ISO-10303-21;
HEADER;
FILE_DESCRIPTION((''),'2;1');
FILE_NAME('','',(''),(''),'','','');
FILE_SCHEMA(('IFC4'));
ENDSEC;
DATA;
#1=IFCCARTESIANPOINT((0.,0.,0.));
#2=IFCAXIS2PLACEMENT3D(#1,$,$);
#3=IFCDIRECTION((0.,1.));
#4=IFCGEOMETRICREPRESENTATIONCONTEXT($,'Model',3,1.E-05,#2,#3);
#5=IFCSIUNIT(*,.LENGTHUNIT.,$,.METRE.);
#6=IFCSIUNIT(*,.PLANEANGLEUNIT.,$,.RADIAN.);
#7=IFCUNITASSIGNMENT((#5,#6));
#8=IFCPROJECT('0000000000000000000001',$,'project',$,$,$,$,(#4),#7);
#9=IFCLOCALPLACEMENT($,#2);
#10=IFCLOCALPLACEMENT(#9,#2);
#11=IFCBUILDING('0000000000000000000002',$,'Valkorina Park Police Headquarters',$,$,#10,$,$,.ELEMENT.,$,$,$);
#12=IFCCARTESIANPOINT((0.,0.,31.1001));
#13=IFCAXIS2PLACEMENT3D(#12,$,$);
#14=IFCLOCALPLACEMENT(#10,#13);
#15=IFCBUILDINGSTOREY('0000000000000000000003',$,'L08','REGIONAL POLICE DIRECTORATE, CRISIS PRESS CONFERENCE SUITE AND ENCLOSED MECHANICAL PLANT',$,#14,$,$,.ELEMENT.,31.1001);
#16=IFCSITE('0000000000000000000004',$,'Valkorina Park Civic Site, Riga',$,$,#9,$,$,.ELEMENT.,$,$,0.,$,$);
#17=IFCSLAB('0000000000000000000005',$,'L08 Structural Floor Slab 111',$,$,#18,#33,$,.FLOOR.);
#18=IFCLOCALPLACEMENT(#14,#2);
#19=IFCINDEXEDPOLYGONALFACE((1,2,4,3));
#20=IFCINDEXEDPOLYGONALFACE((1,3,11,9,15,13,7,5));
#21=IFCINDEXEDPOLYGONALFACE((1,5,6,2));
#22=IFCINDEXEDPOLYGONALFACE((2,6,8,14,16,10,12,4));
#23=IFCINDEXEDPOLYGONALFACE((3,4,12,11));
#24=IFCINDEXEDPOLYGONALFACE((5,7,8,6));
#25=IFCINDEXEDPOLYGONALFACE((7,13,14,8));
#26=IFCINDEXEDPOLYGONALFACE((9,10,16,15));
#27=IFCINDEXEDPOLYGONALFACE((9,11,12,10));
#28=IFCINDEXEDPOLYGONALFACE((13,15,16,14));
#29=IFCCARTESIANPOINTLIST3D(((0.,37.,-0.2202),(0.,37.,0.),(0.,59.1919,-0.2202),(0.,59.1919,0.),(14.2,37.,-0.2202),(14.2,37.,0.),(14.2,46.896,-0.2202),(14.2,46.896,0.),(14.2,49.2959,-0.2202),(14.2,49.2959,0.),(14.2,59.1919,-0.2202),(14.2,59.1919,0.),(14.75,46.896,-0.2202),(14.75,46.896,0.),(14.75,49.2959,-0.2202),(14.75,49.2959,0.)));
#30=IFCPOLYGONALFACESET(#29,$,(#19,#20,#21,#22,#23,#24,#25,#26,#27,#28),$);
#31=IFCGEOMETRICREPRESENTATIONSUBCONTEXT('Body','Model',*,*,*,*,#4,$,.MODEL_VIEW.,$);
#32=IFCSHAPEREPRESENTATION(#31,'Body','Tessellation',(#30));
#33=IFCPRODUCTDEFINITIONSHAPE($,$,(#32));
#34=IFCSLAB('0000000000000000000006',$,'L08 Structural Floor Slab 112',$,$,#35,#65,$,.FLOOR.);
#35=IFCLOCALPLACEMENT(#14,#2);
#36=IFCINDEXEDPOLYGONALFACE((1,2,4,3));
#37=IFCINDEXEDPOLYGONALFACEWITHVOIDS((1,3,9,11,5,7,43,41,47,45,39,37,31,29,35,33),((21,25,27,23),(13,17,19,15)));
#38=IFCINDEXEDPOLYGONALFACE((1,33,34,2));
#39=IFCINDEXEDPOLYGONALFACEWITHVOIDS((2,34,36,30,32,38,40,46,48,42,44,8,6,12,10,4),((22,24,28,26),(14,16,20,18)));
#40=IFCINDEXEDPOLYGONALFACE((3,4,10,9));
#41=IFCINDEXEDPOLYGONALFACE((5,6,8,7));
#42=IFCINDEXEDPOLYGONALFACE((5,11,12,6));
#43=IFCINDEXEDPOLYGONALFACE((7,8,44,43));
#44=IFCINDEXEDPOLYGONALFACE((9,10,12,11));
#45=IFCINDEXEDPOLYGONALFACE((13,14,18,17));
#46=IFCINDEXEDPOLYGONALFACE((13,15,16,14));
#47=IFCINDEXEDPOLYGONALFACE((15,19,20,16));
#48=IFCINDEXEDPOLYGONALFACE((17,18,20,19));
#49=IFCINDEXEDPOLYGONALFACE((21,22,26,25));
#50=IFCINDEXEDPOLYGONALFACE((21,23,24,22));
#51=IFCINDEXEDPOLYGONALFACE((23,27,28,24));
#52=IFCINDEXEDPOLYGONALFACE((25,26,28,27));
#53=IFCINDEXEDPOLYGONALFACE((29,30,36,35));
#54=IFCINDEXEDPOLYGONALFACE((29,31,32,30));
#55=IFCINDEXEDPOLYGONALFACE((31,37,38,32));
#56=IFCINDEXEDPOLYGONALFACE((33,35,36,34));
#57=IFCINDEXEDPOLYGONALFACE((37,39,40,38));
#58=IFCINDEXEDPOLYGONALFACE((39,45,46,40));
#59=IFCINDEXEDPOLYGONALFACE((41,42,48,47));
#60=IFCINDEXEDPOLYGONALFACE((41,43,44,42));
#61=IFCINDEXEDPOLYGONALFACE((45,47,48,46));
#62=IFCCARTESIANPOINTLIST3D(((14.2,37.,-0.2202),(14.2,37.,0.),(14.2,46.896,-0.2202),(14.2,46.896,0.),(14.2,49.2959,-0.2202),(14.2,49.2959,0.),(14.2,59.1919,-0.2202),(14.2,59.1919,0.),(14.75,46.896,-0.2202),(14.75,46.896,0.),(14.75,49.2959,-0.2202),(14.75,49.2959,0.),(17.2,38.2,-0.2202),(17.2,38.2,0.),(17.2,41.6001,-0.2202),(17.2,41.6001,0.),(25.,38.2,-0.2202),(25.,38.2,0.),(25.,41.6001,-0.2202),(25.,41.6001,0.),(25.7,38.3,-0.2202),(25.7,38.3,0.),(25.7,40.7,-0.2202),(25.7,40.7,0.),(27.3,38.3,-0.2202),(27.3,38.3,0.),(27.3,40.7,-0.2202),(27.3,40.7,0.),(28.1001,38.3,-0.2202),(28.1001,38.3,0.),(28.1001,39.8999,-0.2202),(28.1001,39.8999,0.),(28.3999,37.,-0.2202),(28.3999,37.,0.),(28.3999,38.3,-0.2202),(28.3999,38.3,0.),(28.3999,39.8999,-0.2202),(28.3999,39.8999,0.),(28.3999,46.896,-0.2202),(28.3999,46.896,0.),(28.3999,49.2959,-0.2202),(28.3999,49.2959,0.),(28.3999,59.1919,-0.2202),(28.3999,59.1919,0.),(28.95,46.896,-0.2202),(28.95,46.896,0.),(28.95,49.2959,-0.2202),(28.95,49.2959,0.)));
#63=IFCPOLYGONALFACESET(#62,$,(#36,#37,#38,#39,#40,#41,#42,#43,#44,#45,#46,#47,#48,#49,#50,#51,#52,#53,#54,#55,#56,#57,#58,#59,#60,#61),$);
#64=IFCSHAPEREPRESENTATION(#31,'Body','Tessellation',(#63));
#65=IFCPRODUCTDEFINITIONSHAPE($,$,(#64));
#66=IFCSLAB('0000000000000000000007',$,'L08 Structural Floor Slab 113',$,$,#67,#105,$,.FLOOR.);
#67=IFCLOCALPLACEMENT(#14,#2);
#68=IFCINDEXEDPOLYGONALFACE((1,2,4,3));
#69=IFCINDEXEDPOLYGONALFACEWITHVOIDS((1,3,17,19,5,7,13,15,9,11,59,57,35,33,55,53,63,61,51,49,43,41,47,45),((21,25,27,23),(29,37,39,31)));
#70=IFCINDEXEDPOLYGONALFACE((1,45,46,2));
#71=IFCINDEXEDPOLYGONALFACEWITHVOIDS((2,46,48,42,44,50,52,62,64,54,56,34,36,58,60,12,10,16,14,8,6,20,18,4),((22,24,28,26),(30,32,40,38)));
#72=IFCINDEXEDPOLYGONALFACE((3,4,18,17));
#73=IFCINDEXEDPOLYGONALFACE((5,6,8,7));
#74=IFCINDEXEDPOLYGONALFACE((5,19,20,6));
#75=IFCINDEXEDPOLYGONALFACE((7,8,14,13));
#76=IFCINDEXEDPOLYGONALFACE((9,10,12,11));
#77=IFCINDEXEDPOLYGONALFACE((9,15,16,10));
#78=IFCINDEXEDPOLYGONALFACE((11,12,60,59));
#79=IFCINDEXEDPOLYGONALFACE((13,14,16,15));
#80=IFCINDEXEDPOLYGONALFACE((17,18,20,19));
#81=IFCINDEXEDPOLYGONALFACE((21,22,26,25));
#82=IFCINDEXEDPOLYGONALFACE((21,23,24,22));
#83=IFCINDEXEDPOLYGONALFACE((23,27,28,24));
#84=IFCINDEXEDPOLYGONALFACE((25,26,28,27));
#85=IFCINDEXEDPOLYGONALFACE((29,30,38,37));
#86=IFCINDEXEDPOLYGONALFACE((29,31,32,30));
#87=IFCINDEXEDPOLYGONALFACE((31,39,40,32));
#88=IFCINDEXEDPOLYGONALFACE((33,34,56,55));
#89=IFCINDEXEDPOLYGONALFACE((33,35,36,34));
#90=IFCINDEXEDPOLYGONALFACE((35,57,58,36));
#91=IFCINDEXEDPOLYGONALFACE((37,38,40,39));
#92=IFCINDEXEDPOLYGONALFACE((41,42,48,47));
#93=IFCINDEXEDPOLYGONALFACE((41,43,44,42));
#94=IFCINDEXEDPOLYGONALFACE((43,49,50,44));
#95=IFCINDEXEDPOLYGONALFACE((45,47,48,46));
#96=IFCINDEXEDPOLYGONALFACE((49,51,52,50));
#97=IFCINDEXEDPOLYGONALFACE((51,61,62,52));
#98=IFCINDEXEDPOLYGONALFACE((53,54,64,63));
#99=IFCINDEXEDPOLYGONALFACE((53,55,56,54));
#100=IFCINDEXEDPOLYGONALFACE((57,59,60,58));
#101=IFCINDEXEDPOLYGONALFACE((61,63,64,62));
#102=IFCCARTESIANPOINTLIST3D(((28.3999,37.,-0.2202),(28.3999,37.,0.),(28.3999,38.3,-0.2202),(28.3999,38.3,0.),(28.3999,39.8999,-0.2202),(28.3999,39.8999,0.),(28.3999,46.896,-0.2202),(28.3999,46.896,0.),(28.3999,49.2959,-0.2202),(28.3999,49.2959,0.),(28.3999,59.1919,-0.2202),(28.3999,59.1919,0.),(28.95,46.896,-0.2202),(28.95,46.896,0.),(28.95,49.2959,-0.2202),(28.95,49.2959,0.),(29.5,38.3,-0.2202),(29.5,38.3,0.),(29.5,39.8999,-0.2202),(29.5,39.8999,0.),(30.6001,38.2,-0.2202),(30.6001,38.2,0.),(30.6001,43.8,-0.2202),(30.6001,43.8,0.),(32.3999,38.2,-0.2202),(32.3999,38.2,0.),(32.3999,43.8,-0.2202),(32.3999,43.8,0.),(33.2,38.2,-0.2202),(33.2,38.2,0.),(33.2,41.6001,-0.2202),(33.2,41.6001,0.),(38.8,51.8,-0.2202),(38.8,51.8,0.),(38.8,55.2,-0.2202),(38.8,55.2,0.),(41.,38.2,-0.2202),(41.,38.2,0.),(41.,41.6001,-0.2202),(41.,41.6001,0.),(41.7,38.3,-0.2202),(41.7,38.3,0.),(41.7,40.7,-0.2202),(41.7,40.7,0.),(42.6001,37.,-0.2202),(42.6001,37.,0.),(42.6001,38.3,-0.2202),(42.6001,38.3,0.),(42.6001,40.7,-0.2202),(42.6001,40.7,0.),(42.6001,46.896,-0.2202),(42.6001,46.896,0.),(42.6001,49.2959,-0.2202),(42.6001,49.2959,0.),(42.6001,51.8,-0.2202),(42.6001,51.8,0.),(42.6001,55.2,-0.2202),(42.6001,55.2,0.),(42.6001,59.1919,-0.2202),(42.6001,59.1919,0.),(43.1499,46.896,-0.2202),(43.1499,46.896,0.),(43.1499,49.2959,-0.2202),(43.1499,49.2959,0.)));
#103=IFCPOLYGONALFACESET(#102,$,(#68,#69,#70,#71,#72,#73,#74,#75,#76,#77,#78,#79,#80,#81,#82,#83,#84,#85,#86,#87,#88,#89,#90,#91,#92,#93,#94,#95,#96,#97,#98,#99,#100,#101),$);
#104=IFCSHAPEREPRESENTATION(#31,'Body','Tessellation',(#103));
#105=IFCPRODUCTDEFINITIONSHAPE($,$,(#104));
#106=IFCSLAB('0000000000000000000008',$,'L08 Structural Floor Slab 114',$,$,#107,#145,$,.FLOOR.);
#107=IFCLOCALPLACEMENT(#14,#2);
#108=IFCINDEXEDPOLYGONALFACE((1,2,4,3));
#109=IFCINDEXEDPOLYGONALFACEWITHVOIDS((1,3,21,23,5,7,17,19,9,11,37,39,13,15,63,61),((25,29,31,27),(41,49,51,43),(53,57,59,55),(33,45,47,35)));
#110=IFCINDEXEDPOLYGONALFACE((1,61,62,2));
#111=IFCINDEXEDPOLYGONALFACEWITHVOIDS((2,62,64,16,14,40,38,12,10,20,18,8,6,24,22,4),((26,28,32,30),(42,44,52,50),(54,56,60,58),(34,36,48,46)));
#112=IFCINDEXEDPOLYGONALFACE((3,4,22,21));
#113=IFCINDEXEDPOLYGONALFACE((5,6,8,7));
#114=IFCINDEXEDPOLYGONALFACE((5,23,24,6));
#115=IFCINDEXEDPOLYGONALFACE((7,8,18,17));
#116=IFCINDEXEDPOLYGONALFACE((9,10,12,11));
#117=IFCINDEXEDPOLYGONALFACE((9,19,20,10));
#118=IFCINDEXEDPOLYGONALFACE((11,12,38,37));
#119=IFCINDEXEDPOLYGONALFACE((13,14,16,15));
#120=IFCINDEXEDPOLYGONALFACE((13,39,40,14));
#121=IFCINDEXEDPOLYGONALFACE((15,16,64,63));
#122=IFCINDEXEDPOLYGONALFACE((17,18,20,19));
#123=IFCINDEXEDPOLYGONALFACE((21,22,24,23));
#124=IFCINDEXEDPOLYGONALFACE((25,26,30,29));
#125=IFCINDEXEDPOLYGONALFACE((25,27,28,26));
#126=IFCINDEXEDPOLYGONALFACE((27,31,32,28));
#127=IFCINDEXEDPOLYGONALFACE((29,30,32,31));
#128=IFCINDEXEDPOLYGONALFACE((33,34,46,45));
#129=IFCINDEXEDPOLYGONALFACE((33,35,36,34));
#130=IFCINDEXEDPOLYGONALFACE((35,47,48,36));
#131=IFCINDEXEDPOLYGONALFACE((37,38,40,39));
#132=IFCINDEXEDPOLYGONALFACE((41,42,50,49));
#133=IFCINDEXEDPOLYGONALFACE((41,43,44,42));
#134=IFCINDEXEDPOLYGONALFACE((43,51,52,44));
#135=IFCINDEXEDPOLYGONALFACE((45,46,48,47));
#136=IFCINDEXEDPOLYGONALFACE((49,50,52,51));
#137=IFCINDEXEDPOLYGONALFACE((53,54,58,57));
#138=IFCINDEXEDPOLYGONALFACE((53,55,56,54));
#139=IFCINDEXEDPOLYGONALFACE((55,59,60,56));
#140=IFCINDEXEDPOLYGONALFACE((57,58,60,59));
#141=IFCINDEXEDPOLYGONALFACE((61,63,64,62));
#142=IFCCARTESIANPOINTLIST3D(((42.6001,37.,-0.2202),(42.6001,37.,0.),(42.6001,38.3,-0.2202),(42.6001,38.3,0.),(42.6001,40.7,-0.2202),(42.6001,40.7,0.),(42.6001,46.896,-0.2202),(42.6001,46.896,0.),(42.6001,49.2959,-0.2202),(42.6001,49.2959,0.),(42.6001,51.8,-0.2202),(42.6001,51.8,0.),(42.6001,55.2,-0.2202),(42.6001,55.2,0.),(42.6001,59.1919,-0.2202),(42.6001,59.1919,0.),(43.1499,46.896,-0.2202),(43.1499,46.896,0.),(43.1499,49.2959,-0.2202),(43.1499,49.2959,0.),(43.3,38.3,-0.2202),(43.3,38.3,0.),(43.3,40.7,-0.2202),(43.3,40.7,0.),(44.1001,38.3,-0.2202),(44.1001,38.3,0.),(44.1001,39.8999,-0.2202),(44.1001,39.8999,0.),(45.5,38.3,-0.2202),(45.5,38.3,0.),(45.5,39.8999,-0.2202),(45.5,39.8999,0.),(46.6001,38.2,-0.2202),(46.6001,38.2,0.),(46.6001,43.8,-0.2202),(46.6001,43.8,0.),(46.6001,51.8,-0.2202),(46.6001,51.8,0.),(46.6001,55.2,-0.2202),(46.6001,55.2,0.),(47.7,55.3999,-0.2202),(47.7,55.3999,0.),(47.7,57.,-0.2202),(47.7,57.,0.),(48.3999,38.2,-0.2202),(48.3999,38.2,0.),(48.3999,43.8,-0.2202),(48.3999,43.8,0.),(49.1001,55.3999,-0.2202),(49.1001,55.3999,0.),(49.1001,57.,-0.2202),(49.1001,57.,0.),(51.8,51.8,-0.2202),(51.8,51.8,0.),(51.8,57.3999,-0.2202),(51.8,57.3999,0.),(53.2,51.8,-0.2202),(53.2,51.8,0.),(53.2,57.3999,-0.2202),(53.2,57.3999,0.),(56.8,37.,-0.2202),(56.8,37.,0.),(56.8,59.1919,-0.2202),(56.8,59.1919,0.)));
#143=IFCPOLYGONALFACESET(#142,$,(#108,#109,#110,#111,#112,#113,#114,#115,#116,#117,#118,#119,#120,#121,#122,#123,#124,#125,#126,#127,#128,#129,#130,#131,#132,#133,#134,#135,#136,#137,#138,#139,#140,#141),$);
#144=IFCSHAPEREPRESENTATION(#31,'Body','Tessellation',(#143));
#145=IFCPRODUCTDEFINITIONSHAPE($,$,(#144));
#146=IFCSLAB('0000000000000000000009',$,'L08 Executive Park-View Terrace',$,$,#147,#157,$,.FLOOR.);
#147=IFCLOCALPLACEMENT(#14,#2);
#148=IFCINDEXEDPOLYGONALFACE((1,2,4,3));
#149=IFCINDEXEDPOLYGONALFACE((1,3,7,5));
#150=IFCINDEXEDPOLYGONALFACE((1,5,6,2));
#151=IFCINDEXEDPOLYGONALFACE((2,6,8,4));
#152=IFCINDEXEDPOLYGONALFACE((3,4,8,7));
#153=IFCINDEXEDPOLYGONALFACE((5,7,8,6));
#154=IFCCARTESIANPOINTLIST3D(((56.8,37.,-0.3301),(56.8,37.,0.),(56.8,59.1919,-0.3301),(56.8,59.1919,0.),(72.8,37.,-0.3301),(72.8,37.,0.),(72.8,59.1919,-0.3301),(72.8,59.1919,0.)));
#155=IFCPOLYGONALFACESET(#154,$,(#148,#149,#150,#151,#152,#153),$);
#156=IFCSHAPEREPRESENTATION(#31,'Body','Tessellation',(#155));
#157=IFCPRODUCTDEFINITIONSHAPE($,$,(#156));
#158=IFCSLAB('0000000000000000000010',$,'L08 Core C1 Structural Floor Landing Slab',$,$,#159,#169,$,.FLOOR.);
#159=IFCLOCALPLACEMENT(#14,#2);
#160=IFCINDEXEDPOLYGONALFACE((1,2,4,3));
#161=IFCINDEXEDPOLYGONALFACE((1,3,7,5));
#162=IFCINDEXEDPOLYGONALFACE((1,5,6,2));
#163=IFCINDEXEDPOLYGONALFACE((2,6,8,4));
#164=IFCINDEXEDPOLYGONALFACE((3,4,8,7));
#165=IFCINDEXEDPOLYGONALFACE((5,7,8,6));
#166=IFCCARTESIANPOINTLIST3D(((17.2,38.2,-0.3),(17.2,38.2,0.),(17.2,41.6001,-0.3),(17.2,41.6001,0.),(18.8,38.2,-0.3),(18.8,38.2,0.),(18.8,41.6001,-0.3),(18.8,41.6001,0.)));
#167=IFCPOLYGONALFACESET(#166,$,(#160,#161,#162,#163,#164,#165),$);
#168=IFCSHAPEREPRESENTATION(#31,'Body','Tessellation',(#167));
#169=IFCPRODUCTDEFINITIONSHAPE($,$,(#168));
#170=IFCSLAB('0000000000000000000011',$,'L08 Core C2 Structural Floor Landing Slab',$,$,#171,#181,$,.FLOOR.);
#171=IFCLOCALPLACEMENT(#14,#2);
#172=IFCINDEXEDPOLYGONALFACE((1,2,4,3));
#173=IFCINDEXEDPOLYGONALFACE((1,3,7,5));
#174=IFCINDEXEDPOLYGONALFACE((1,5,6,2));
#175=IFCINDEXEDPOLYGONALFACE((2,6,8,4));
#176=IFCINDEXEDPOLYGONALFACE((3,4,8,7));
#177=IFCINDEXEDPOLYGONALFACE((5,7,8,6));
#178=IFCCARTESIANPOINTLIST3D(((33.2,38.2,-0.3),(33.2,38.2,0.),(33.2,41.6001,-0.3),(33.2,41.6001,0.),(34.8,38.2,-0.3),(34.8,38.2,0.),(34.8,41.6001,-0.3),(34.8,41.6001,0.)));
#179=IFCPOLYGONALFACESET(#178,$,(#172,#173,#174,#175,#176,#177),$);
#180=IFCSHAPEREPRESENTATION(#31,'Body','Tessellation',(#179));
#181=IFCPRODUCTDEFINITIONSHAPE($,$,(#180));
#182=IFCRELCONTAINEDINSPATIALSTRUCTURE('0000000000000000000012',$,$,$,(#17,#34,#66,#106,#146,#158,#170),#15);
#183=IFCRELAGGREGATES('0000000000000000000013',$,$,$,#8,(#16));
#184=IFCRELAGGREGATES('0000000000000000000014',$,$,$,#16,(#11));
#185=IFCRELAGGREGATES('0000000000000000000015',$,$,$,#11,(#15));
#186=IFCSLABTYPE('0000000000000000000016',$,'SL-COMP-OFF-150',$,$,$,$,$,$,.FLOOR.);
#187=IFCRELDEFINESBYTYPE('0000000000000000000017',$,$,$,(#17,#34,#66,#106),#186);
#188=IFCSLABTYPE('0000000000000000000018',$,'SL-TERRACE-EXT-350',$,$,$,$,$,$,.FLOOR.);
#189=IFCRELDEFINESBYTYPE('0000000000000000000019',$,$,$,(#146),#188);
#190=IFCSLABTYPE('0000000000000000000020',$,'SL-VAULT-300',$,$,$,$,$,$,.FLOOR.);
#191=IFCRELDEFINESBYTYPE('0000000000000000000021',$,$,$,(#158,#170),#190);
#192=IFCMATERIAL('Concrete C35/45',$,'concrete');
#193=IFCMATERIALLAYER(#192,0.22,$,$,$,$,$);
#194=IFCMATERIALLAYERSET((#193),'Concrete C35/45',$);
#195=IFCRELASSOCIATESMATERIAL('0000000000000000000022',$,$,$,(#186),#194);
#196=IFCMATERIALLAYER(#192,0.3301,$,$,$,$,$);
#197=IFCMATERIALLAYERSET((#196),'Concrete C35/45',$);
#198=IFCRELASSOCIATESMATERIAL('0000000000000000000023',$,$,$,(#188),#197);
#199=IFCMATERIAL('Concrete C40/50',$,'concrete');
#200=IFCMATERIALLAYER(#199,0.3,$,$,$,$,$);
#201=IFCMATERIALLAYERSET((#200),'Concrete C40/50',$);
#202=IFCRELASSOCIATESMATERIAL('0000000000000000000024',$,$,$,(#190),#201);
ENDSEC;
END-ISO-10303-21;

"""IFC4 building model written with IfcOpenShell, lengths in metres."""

from ifc_helpers import new_model, si_unit, direction, frame, origin, place, context, subcontext, project, spatial, polyline, outline, extrude, material, layer, layer_set, type_object, element, save


model = new_model("IFC4")

# Units and contexts
model_context = context("Model", 3, precision=1e-05, world=origin(), true_north=direction((0.0, 1.0)))
body_context = subcontext(model_context, "Body", "Model", "MODEL_VIEW")
ifc_project = project(units=[si_unit("LENGTHUNIT", "METRE"), si_unit("PLANEANGLEUNIT", "RADIAN")], contexts=[model_context])

# Site, building, storey
site_placement = place(None, origin())
site = spatial("IfcSite", under=ifc_project, at=site_placement, Name="Valkorina Park Civic Site, Riga", CompositionType="ELEMENT", RefElevation=0.0)
building_placement = place(site_placement, origin())
building = spatial("IfcBuilding", under=site, at=building_placement, Name="Valkorina Park Police Headquarters", CompositionType="ELEMENT")
storey_placement = place(building_placement, frame((0.0, 0.0, 31.1001)))
storey = spatial("IfcBuildingStorey", under=building, at=storey_placement, Name="L08", Description="REGIONAL POLICE DIRECTORATE, CRISIS PRESS CONFERENCE SUITE AND ENCLOSED MECHANICAL PLANT", CompositionType="ELEMENT", Elevation=31.1001)

# Slabs
ifc_material_1 = material(Name="Concrete C35/45", Category="concrete")
ifc_layer_1 = layer(ifc_material_1, 0.22)
ifc_layer_set_1 = layer_set([ifc_layer_1], Name="Concrete C35/45")
slab_type_1 = type_object("IfcSlabType", Name="SL-COMP-OFF-150", PredefinedType="FLOOR", material=ifc_layer_set_1)
slab_1_placement = place(storey_placement, frame((0.0, 0.0, -0.2202)))
element("IfcSlab", 1, at=slab_1_placement, inside=storey, type_object=slab_type_1, Name="L08 Structural Floor Slab 111", PredefinedType="FLOOR", context=body_context, shape_type="SweptSolid", body=[
    extrude(outline(polyline([(14.75, 49.2959), (14.2, 49.2959), (14.2, 59.1919), (0.0, 59.1919), (0.0, 37.0), (14.2, 37.0), (14.2, 46.896), (14.75, 46.896), (14.75, 49.2959)])), origin(), (0.0, 0.0, 1.0), 0.2202),
])
slab_2_placement = place(storey_placement, frame((0.0, 0.0, -0.2202)))
element("IfcSlab", 2, at=slab_2_placement, inside=storey, type_object=slab_type_1, Name="L08 Structural Floor Slab 112", PredefinedType="FLOOR", context=body_context, shape_type="SweptSolid", body=[
    extrude(outline(polyline([(28.95, 49.2959), (28.3999, 49.2959), (28.3999, 59.1919), (14.2, 59.1919), (14.2, 49.2959), (14.75, 49.2959), (14.75, 46.896), (14.2, 46.896), (14.2, 37.0), (28.3999, 37.0), (28.3999, 38.3), (28.1001, 38.3), (28.1001, 39.8999), (28.3999, 39.8999), (28.3999, 46.896), (28.95, 46.896), (28.95, 49.2959)]), holes=[polyline([(27.3, 40.7), (27.3, 38.3), (25.7, 38.3), (25.7, 40.7), (27.3, 40.7)]), polyline([(17.2, 38.2), (17.2, 41.6001), (25.0, 41.6001), (25.0, 38.2), (17.2, 38.2)])]), origin(), (0.0, 0.0, 1.0), 0.2202),
])
slab_3_placement = place(storey_placement, frame((0.0, 0.0, -0.2202)))
element("IfcSlab", 3, at=slab_3_placement, inside=storey, type_object=slab_type_1, Name="L08 Structural Floor Slab 113", PredefinedType="FLOOR", context=body_context, shape_type="SweptSolid", body=[
    extrude(outline(polyline([(43.1499, 49.2959), (42.6001, 49.2959), (42.6001, 51.8), (38.8, 51.8), (38.8, 55.2), (42.6001, 55.2), (42.6001, 59.1919), (28.3999, 59.1919), (28.3999, 49.2959), (28.95, 49.2959), (28.95, 46.896), (28.3999, 46.896), (28.3999, 39.8999), (29.5, 39.8999), (29.5, 38.3), (28.3999, 38.3), (28.3999, 37.0), (42.6001, 37.0), (42.6001, 38.3), (41.7, 38.3), (41.7, 40.7), (42.6001, 40.7), (42.6001, 46.896), (43.1499, 46.896), (43.1499, 49.2959)]), holes=[polyline([(33.2, 38.2), (33.2, 41.6001), (41.0, 41.6001), (41.0, 38.2), (33.2, 38.2)]), polyline([(32.3999, 43.8), (32.3999, 38.2), (30.6001, 38.2), (30.6001, 43.8), (32.3999, 43.8)])]), origin(), (0.0, 0.0, 1.0), 0.2202),
])
slab_4_placement = place(storey_placement, frame((0.0, 0.0, -0.2202)))
element("IfcSlab", 4, at=slab_4_placement, inside=storey, type_object=slab_type_1, Name="L08 Structural Floor Slab 114", PredefinedType="FLOOR", context=body_context, shape_type="SweptSolid", body=[
    extrude(outline(polyline([(42.6001, 59.1919), (42.6001, 55.2), (46.6001, 55.2), (46.6001, 51.8), (42.6001, 51.8), (42.6001, 49.2959), (43.1499, 49.2959), (43.1499, 46.896), (42.6001, 46.896), (42.6001, 40.7), (43.3, 40.7), (43.3, 38.3), (42.6001, 38.3), (42.6001, 37.0), (56.8, 37.0), (56.8, 59.1919), (42.6001, 59.1919)]), holes=[polyline([(45.5, 38.3), (44.1001, 38.3), (44.1001, 39.8999), (45.5, 39.8999), (45.5, 38.3)]), polyline([(48.3999, 38.2), (46.6001, 38.2), (46.6001, 43.8), (48.3999, 43.8), (48.3999, 38.2)]), polyline([(53.2, 51.8), (51.8, 51.8), (51.8, 57.3999), (53.2, 57.3999), (53.2, 51.8)]), polyline([(49.1001, 55.3999), (47.7, 55.3999), (47.7, 57.0), (49.1001, 57.0), (49.1001, 55.3999)])]), origin(), (0.0, 0.0, 1.0), 0.2202),
])
ifc_layer_2 = layer(ifc_material_1, 0.3301)
ifc_layer_set_2 = layer_set([ifc_layer_2], Name="Concrete C35/45")
slab_type_2 = type_object("IfcSlabType", Name="SL-TERRACE-EXT-350", PredefinedType="FLOOR", material=ifc_layer_set_2)
slab_5_placement = place(storey_placement, frame((0.0, 0.0, -0.3301)))
element("IfcSlab", 5, at=slab_5_placement, inside=storey, type_object=slab_type_2, Name="L08 Executive Park-View Terrace", PredefinedType="FLOOR", context=body_context, shape_type="SweptSolid", body=[
    extrude(outline(polyline([(72.8, 59.1919), (56.8, 59.1919), (56.8, 37.0), (72.8, 37.0), (72.8, 59.1919)])), origin(), (0.0, 0.0, 1.0), 0.3301),
])
ifc_material_2 = material(Name="Concrete C40/50", Category="concrete")
ifc_layer_3 = layer(ifc_material_2, 0.3)
ifc_layer_set_3 = layer_set([ifc_layer_3], Name="Concrete C40/50")
slab_type_3 = type_object("IfcSlabType", Name="SL-VAULT-300", PredefinedType="FLOOR", material=ifc_layer_set_3)
slab_6_placement = place(storey_placement, frame((0.0, 0.0, -0.3)))
element("IfcSlab", 6, at=slab_6_placement, inside=storey, type_object=slab_type_3, Name="L08 Core C1 Structural Floor Landing Slab", PredefinedType="FLOOR", context=body_context, shape_type="SweptSolid", body=[
    extrude(outline(polyline([(17.2, 38.2), (18.8, 38.2), (18.8, 41.6001), (17.2, 41.6001), (17.2, 38.2)])), origin(), (0.0, 0.0, 1.0), 0.3),
])
slab_7_placement = place(storey_placement, frame((0.0, 0.0, -0.3)))
element("IfcSlab", 7, at=slab_7_placement, inside=storey, type_object=slab_type_3, Name="L08 Core C2 Structural Floor Landing Slab", PredefinedType="FLOOR", context=body_context, shape_type="SweptSolid", body=[
    extrude(outline(polyline([(33.2, 38.2), (34.8, 38.2), (34.8, 41.6001), (33.2, 41.6001), (33.2, 38.2)])), origin(), (0.0, 0.0, 1.0), 0.3),
])

save(model, "model.ifc")
